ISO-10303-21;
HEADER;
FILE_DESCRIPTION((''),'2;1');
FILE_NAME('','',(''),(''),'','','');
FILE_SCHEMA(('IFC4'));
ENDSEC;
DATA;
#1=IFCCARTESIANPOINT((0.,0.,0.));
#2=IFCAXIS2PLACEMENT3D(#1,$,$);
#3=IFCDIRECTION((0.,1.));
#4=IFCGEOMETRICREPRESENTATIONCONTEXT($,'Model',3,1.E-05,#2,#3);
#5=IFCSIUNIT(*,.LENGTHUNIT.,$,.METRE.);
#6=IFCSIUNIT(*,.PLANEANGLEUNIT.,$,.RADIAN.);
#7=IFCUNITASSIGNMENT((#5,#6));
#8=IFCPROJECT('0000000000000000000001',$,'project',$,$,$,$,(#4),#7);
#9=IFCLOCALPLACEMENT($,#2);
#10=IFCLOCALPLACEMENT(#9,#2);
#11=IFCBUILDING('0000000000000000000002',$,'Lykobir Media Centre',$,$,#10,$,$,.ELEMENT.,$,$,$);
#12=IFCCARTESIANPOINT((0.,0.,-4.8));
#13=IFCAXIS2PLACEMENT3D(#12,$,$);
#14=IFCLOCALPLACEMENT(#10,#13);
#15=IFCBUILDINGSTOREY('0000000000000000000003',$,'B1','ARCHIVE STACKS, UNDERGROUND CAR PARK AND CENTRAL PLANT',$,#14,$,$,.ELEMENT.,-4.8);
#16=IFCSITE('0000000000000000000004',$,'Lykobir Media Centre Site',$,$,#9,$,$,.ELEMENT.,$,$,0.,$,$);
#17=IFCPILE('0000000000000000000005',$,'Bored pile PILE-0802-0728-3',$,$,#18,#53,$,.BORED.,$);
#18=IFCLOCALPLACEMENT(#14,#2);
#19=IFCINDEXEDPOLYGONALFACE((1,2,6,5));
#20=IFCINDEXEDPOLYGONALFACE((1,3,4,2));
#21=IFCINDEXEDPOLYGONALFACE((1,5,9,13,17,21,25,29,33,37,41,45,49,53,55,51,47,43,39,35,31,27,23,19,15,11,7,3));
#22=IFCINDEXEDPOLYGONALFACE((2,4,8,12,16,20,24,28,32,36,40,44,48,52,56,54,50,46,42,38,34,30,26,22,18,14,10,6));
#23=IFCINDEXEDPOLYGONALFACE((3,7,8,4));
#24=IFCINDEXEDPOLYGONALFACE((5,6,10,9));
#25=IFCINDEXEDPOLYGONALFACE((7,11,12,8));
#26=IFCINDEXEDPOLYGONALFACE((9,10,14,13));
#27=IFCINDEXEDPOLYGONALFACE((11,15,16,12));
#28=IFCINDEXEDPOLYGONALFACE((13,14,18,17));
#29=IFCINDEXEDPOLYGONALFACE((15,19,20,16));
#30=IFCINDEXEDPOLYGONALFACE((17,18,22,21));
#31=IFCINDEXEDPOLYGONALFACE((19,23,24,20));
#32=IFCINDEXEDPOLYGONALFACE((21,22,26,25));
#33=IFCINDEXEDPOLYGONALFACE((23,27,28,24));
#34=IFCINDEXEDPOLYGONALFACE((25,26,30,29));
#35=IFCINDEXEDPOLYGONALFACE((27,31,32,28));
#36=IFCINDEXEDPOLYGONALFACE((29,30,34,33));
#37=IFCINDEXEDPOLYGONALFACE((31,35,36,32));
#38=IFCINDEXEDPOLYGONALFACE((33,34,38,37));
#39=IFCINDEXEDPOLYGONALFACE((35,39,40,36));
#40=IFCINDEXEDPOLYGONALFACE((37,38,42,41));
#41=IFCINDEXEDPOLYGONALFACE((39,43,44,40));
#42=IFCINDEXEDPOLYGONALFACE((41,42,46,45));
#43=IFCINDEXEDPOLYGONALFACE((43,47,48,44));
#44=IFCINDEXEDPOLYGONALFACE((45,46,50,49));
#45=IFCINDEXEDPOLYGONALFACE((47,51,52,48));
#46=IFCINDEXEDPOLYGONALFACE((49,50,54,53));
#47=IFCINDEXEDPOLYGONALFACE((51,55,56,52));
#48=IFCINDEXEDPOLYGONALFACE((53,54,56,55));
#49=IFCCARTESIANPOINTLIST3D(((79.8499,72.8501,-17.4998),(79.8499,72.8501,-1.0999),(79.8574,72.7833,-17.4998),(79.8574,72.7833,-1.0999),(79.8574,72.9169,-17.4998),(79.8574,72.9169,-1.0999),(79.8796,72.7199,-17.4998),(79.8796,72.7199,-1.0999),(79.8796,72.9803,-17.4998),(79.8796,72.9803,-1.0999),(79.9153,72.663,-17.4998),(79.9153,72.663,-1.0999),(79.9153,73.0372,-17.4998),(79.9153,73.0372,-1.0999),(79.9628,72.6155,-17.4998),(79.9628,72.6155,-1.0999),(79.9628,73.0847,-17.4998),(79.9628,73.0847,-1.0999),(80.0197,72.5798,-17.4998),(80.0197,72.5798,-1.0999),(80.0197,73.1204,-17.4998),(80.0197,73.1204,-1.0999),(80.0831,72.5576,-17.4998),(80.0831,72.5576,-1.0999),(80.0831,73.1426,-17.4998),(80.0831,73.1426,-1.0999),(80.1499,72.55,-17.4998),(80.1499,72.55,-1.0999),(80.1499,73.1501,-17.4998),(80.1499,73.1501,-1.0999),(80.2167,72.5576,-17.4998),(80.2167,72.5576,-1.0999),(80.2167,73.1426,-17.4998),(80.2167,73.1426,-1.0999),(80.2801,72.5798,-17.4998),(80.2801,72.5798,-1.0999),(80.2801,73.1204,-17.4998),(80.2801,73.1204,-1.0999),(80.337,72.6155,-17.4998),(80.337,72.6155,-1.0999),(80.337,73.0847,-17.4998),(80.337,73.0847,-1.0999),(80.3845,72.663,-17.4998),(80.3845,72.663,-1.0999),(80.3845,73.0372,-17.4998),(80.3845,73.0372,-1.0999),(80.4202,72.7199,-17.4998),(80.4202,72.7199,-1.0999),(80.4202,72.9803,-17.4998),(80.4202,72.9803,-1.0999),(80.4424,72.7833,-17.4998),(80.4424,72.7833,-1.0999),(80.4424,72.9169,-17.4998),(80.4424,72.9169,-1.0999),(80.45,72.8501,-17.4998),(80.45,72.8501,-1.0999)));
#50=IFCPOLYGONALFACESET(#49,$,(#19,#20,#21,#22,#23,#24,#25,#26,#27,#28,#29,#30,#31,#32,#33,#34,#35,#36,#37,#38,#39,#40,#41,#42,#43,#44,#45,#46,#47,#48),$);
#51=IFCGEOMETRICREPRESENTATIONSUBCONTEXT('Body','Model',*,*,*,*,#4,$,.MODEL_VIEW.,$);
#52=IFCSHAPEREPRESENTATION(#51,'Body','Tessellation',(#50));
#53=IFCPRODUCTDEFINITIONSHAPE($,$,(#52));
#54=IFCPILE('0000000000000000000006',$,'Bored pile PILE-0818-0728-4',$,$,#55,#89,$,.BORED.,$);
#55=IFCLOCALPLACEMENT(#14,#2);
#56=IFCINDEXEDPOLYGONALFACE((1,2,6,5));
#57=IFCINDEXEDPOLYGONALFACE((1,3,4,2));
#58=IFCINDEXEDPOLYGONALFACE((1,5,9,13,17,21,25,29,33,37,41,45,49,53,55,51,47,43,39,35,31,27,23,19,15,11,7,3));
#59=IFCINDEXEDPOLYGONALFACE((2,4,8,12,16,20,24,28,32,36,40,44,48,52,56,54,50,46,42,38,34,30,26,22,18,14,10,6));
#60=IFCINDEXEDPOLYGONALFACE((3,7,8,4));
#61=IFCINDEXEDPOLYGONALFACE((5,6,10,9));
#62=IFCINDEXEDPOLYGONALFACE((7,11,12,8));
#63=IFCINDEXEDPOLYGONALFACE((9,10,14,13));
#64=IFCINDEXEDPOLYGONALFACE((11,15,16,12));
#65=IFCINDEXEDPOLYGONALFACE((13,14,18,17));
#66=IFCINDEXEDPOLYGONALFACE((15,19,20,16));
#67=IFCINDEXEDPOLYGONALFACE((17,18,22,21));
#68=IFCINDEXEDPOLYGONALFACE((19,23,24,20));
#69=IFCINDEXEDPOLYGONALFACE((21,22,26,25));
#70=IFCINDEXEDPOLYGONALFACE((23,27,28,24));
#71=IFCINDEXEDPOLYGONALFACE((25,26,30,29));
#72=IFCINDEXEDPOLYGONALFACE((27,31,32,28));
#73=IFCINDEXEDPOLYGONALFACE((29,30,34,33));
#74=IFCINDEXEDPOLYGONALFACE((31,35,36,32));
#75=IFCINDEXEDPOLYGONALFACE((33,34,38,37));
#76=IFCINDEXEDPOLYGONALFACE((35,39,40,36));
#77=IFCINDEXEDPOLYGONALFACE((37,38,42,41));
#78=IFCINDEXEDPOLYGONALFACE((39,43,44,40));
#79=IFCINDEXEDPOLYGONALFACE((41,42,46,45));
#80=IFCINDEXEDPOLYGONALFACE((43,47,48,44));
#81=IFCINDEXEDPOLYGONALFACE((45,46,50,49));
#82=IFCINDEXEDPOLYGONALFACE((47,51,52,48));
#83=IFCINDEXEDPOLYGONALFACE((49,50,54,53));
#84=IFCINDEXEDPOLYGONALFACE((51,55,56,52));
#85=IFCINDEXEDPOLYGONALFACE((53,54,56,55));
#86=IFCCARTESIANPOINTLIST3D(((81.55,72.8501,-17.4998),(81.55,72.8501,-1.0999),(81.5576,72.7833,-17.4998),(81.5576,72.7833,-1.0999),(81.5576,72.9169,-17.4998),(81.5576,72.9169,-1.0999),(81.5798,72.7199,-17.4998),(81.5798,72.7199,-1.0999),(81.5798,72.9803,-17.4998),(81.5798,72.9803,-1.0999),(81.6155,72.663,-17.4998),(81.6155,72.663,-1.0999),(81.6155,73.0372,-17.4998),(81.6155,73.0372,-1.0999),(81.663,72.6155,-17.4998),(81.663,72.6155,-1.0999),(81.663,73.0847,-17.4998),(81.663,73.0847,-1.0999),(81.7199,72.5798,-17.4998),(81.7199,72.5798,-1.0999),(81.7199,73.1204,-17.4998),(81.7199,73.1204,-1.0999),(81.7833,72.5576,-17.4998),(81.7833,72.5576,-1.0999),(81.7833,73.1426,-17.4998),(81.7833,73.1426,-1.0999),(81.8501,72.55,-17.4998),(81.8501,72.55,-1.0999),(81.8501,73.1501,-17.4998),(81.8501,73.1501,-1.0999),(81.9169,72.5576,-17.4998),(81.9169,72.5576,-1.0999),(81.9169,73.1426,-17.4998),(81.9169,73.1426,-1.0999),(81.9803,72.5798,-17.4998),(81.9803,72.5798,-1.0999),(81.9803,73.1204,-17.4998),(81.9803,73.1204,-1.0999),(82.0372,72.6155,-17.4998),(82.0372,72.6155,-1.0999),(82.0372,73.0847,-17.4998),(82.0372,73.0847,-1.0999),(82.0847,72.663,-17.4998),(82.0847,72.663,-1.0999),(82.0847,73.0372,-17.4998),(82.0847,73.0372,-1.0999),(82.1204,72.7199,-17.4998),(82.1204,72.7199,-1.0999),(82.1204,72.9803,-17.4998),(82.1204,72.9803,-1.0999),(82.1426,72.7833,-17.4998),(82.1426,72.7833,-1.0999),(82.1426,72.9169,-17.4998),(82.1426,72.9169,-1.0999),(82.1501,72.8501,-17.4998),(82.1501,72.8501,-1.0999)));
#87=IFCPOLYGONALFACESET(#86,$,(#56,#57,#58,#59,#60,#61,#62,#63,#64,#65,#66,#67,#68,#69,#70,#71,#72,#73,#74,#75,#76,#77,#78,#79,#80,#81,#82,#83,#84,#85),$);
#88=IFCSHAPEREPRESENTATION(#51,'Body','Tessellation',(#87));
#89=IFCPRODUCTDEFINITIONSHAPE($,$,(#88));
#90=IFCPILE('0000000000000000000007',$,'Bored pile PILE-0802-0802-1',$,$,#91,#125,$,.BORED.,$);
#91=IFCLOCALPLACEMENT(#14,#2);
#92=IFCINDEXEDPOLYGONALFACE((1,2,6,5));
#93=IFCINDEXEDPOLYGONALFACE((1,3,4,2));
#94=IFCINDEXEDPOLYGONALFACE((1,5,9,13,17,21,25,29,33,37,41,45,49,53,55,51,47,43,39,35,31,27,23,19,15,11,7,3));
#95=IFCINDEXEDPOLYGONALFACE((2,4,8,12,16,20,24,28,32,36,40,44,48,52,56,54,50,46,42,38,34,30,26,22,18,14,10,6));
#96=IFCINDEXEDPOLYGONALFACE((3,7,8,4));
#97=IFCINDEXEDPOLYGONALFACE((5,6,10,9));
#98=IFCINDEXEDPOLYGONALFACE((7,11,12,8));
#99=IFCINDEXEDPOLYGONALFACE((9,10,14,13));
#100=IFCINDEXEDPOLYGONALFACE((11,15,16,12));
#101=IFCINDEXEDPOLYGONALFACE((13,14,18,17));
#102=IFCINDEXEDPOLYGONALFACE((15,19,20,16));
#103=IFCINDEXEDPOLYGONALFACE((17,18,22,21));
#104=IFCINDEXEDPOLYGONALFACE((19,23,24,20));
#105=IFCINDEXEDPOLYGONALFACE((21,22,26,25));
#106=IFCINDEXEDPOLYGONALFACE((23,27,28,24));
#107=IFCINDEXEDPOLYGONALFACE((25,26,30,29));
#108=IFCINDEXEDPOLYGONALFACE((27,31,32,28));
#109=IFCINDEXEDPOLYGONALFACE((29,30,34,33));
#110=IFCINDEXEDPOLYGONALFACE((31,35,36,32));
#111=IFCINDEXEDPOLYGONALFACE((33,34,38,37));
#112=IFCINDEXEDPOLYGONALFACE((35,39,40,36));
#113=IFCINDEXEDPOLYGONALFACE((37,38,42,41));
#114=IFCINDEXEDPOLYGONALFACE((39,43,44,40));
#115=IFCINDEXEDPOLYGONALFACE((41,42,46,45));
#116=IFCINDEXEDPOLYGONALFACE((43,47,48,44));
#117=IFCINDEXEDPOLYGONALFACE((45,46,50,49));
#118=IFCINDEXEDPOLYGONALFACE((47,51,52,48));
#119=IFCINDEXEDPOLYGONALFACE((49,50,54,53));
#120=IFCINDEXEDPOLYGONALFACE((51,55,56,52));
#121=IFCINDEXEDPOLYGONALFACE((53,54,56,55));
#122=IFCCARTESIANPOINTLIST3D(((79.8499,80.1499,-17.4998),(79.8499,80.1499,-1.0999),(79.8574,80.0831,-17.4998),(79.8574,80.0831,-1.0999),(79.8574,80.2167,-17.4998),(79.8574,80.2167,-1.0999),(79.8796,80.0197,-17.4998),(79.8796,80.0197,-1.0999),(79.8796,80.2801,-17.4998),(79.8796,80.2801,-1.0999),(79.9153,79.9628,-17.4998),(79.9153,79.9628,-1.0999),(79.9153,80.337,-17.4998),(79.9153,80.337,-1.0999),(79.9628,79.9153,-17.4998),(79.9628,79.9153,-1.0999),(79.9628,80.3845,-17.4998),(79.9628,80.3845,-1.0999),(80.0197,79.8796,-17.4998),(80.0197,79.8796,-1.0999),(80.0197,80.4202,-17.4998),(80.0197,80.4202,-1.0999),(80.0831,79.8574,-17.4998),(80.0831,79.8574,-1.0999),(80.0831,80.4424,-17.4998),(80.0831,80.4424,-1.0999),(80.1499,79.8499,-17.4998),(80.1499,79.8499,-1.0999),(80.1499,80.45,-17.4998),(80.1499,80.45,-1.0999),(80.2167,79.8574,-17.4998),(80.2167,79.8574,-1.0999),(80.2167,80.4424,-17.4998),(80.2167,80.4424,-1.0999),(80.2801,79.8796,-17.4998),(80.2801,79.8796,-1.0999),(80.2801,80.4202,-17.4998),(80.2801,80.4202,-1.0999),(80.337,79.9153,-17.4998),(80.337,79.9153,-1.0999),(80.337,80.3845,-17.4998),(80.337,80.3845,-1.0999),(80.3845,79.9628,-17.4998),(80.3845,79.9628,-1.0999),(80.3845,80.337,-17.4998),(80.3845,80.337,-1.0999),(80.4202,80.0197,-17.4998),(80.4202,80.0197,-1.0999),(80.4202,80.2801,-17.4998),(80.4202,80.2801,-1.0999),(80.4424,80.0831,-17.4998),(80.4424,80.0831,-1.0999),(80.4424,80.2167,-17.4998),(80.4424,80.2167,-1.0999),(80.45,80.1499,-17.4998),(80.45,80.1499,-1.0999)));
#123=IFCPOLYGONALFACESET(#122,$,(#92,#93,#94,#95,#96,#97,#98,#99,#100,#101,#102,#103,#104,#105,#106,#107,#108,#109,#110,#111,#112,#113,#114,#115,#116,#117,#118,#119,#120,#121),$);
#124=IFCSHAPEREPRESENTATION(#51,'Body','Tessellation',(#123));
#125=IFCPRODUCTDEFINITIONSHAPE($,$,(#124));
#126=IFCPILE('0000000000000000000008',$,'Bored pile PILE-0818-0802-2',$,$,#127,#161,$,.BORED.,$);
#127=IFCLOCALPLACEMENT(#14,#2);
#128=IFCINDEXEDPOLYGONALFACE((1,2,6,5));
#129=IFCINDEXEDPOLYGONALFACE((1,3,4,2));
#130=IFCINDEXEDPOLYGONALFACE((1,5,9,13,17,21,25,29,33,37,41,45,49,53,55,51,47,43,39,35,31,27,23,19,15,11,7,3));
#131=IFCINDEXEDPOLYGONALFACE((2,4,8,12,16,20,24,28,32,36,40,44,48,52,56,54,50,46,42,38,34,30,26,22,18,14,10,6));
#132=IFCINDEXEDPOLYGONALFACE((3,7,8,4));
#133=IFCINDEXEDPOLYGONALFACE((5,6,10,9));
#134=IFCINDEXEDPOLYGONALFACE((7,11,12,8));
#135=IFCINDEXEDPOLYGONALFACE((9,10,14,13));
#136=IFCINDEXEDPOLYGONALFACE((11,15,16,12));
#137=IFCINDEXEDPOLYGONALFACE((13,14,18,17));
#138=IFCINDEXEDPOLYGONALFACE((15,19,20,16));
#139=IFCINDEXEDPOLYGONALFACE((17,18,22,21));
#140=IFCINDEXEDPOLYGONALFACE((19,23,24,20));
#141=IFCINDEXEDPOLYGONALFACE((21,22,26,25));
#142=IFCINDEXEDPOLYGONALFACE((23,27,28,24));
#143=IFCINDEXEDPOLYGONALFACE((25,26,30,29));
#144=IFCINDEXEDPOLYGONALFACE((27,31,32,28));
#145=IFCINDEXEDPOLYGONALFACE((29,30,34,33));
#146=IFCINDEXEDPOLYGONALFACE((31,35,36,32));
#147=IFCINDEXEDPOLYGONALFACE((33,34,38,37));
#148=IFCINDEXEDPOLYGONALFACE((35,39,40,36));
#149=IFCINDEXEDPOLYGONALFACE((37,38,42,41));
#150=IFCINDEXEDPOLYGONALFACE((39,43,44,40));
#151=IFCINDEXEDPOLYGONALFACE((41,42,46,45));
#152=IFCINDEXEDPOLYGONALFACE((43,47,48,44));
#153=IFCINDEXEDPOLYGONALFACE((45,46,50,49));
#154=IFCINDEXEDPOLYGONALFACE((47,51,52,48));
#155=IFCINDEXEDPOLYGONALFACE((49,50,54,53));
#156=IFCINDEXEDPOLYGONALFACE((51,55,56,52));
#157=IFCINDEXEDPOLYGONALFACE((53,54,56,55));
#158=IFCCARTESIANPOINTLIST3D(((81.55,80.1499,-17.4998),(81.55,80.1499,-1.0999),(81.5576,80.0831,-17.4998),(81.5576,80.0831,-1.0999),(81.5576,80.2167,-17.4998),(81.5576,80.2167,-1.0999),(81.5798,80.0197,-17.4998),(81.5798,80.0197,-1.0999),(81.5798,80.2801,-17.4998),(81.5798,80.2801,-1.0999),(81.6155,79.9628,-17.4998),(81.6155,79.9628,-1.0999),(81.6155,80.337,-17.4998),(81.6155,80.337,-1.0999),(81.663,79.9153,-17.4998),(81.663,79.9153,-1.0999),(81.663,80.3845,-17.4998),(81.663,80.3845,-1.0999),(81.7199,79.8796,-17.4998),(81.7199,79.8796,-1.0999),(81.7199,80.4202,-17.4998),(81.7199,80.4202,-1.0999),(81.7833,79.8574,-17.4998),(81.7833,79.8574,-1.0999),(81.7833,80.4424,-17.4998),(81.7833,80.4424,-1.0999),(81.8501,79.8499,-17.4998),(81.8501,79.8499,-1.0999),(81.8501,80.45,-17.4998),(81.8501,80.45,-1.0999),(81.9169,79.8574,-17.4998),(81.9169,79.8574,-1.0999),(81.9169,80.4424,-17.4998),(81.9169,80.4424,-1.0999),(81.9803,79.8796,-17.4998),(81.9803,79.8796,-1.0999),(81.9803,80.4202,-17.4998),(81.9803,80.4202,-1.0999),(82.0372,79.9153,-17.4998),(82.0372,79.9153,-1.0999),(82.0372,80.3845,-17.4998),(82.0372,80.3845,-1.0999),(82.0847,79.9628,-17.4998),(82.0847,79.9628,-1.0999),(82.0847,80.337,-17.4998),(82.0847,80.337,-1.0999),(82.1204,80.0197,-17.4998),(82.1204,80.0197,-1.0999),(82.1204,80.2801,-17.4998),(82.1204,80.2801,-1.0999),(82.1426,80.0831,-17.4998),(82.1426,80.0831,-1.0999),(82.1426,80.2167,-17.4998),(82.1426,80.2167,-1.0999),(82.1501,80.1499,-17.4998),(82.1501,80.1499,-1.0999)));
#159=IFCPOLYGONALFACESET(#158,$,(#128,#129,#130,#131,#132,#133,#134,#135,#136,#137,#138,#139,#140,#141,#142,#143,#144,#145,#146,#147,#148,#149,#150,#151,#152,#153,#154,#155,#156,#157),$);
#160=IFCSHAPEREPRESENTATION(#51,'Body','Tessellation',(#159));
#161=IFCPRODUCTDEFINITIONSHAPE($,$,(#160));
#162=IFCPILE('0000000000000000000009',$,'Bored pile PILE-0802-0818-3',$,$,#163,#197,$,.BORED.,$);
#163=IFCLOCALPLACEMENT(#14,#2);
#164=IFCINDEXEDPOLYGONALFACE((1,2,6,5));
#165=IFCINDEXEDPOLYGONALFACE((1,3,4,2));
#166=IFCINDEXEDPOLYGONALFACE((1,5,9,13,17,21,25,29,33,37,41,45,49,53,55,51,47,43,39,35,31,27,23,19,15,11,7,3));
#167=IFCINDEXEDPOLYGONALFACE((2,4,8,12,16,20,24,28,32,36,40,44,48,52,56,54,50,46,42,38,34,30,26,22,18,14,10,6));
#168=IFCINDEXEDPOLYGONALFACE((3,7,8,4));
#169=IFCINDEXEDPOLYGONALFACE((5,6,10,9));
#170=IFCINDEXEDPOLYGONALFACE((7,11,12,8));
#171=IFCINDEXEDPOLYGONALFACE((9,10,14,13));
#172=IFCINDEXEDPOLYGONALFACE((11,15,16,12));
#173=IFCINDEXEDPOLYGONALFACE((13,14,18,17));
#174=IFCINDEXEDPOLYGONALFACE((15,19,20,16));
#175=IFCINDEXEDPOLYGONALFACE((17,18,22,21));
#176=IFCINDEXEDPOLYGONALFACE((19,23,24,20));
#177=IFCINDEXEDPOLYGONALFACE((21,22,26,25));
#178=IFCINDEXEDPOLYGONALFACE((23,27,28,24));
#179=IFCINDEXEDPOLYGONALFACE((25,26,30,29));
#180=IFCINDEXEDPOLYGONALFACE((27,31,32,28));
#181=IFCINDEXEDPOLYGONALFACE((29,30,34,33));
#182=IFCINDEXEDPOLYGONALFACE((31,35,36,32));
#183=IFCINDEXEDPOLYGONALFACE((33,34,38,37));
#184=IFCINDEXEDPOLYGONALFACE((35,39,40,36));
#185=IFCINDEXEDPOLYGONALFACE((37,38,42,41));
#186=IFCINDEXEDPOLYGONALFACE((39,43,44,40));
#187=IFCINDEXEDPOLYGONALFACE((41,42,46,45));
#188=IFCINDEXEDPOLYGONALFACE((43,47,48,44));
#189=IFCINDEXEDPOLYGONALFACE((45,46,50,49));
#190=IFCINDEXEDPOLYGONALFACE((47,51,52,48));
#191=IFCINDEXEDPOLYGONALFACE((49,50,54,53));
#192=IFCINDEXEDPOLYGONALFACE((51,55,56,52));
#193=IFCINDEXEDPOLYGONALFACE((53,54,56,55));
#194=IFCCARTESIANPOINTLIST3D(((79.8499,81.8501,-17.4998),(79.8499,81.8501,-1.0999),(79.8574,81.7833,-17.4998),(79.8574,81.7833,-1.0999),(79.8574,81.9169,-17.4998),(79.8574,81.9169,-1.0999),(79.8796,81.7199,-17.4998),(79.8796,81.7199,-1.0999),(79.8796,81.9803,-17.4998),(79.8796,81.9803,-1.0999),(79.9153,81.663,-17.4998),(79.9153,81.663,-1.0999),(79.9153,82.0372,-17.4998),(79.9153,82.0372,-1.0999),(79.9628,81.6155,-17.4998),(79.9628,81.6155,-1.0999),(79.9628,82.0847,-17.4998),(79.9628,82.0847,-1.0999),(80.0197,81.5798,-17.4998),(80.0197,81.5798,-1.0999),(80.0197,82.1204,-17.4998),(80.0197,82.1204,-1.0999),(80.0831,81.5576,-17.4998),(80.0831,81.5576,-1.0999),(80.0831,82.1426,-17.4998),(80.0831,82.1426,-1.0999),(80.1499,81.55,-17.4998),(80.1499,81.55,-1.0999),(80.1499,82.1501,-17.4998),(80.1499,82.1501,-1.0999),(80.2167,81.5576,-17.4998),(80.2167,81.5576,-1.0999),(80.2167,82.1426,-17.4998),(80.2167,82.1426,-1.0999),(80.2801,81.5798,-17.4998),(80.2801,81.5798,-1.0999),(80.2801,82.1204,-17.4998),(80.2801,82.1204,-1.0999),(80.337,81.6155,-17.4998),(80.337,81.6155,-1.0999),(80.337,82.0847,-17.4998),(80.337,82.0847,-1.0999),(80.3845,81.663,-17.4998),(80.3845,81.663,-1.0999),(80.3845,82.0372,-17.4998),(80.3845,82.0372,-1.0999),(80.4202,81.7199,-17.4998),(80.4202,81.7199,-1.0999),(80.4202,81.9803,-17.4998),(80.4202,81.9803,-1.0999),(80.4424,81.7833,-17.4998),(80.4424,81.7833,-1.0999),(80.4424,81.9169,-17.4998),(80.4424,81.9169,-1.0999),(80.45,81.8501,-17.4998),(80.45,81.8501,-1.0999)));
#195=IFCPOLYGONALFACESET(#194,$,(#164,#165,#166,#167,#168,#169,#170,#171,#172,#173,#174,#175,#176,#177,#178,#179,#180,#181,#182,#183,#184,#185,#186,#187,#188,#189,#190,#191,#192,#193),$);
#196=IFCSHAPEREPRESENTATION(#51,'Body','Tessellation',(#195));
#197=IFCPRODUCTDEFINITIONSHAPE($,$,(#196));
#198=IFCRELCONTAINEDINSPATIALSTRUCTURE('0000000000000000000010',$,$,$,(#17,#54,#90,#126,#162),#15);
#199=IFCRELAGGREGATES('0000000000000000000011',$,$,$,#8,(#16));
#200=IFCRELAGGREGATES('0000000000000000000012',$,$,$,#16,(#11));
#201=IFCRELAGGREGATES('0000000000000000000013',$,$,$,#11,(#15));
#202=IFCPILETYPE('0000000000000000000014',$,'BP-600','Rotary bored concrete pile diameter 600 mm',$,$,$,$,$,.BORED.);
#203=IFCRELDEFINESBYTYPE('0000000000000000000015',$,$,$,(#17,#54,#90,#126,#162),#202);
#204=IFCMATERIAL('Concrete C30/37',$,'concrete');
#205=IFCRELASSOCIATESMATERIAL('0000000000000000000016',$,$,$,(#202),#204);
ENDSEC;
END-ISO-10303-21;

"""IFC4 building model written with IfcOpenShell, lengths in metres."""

from ifc_helpers import new_model, si_unit, direction, frame, origin, origin_2d, place, context, subcontext, project, spatial, circle, extrude, material, material_profile, profile_set, type_object, element, save


model = new_model("IFC4")

# Units and contexts
model_context = context("Model", 3, precision=1e-05, world=origin(), true_north=direction((0.0, 1.0)))
body_context = subcontext(model_context, "Body", "Model", "MODEL_VIEW")
ifc_project = project(units=[si_unit("LENGTHUNIT", "METRE"), si_unit("PLANEANGLEUNIT", "RADIAN")], contexts=[model_context])

# Site, building, storey
site_placement = place(None, origin())
site = spatial("IfcSite", under=ifc_project, at=site_placement, Name="Lykobir Media Centre Site", CompositionType="ELEMENT", RefElevation=0.0)
building_placement = place(site_placement, origin())
building = spatial("IfcBuilding", under=site, at=building_placement, Name="Lykobir Media Centre", CompositionType="ELEMENT")
storey_placement = place(building_placement, frame((0.0, 0.0, -4.8)))
storey = spatial("IfcBuildingStorey", under=building, at=storey_placement, Name="B1", Description="ARCHIVE STACKS, UNDERGROUND CAR PARK AND CENTRAL PLANT", CompositionType="ELEMENT", Elevation=-4.8)

# Piles
ifc_material_1 = material(Name="Concrete C30/37", Category="concrete")
ifc_material_profile_1 = material_profile(ifc_material_1, circle(Radius=0.3, at=origin_2d()), Name="BORED PILE D600")
ifc_profile_set_1 = profile_set([ifc_material_profile_1], Name="Concrete C30/37")
pile_type = type_object("IfcPileType", Name="BP-600", Description="Rotary bored concrete pile diameter 600 mm", PredefinedType="BORED", material=ifc_profile_set_1)
for number, where, z_axis, x_axis, name in (
    (1, (80.1499, 72.8501, -1.0999), (0.0, 0.0, -1.0), (1.0, 0.0, 0.0), "Bored pile PILE-0802-0728-3"),
    (2, (81.8501, 72.8501, -1.0999), (0.0, 0.0, -1.0), (1.0, 0.0, 0.0), "Bored pile PILE-0818-0728-4"),
    (3, (80.1499, 80.1499, -1.0999), (0.0, 0.0, -1.0), (1.0, 0.0, 0.0), "Bored pile PILE-0802-0802-1"),
    (4, (81.8501, 80.1499, -1.0999), (0.0, 0.0, -1.0), (1.0, 0.0, 0.0), "Bored pile PILE-0818-0802-2"),
    (5, (80.1499, 81.8501, -1.0999), (0.0, 0.0, -1.0), (1.0, 0.0, 0.0), "Bored pile PILE-0802-0818-3"),
):
    element("IfcPile", number, at=place(storey_placement, frame(where, z_axis=z_axis, x_axis=x_axis)), inside=storey, type_object=pile_type, Name=name, PredefinedType="BORED", context=body_context, shape_type="SweptSolid", body=[
        extrude(circle(Radius=0.3, at=origin_2d()), origin(), (0.0, 0.0, 1.0), 16.3999),
    ])

save(model, "model.ifc")
